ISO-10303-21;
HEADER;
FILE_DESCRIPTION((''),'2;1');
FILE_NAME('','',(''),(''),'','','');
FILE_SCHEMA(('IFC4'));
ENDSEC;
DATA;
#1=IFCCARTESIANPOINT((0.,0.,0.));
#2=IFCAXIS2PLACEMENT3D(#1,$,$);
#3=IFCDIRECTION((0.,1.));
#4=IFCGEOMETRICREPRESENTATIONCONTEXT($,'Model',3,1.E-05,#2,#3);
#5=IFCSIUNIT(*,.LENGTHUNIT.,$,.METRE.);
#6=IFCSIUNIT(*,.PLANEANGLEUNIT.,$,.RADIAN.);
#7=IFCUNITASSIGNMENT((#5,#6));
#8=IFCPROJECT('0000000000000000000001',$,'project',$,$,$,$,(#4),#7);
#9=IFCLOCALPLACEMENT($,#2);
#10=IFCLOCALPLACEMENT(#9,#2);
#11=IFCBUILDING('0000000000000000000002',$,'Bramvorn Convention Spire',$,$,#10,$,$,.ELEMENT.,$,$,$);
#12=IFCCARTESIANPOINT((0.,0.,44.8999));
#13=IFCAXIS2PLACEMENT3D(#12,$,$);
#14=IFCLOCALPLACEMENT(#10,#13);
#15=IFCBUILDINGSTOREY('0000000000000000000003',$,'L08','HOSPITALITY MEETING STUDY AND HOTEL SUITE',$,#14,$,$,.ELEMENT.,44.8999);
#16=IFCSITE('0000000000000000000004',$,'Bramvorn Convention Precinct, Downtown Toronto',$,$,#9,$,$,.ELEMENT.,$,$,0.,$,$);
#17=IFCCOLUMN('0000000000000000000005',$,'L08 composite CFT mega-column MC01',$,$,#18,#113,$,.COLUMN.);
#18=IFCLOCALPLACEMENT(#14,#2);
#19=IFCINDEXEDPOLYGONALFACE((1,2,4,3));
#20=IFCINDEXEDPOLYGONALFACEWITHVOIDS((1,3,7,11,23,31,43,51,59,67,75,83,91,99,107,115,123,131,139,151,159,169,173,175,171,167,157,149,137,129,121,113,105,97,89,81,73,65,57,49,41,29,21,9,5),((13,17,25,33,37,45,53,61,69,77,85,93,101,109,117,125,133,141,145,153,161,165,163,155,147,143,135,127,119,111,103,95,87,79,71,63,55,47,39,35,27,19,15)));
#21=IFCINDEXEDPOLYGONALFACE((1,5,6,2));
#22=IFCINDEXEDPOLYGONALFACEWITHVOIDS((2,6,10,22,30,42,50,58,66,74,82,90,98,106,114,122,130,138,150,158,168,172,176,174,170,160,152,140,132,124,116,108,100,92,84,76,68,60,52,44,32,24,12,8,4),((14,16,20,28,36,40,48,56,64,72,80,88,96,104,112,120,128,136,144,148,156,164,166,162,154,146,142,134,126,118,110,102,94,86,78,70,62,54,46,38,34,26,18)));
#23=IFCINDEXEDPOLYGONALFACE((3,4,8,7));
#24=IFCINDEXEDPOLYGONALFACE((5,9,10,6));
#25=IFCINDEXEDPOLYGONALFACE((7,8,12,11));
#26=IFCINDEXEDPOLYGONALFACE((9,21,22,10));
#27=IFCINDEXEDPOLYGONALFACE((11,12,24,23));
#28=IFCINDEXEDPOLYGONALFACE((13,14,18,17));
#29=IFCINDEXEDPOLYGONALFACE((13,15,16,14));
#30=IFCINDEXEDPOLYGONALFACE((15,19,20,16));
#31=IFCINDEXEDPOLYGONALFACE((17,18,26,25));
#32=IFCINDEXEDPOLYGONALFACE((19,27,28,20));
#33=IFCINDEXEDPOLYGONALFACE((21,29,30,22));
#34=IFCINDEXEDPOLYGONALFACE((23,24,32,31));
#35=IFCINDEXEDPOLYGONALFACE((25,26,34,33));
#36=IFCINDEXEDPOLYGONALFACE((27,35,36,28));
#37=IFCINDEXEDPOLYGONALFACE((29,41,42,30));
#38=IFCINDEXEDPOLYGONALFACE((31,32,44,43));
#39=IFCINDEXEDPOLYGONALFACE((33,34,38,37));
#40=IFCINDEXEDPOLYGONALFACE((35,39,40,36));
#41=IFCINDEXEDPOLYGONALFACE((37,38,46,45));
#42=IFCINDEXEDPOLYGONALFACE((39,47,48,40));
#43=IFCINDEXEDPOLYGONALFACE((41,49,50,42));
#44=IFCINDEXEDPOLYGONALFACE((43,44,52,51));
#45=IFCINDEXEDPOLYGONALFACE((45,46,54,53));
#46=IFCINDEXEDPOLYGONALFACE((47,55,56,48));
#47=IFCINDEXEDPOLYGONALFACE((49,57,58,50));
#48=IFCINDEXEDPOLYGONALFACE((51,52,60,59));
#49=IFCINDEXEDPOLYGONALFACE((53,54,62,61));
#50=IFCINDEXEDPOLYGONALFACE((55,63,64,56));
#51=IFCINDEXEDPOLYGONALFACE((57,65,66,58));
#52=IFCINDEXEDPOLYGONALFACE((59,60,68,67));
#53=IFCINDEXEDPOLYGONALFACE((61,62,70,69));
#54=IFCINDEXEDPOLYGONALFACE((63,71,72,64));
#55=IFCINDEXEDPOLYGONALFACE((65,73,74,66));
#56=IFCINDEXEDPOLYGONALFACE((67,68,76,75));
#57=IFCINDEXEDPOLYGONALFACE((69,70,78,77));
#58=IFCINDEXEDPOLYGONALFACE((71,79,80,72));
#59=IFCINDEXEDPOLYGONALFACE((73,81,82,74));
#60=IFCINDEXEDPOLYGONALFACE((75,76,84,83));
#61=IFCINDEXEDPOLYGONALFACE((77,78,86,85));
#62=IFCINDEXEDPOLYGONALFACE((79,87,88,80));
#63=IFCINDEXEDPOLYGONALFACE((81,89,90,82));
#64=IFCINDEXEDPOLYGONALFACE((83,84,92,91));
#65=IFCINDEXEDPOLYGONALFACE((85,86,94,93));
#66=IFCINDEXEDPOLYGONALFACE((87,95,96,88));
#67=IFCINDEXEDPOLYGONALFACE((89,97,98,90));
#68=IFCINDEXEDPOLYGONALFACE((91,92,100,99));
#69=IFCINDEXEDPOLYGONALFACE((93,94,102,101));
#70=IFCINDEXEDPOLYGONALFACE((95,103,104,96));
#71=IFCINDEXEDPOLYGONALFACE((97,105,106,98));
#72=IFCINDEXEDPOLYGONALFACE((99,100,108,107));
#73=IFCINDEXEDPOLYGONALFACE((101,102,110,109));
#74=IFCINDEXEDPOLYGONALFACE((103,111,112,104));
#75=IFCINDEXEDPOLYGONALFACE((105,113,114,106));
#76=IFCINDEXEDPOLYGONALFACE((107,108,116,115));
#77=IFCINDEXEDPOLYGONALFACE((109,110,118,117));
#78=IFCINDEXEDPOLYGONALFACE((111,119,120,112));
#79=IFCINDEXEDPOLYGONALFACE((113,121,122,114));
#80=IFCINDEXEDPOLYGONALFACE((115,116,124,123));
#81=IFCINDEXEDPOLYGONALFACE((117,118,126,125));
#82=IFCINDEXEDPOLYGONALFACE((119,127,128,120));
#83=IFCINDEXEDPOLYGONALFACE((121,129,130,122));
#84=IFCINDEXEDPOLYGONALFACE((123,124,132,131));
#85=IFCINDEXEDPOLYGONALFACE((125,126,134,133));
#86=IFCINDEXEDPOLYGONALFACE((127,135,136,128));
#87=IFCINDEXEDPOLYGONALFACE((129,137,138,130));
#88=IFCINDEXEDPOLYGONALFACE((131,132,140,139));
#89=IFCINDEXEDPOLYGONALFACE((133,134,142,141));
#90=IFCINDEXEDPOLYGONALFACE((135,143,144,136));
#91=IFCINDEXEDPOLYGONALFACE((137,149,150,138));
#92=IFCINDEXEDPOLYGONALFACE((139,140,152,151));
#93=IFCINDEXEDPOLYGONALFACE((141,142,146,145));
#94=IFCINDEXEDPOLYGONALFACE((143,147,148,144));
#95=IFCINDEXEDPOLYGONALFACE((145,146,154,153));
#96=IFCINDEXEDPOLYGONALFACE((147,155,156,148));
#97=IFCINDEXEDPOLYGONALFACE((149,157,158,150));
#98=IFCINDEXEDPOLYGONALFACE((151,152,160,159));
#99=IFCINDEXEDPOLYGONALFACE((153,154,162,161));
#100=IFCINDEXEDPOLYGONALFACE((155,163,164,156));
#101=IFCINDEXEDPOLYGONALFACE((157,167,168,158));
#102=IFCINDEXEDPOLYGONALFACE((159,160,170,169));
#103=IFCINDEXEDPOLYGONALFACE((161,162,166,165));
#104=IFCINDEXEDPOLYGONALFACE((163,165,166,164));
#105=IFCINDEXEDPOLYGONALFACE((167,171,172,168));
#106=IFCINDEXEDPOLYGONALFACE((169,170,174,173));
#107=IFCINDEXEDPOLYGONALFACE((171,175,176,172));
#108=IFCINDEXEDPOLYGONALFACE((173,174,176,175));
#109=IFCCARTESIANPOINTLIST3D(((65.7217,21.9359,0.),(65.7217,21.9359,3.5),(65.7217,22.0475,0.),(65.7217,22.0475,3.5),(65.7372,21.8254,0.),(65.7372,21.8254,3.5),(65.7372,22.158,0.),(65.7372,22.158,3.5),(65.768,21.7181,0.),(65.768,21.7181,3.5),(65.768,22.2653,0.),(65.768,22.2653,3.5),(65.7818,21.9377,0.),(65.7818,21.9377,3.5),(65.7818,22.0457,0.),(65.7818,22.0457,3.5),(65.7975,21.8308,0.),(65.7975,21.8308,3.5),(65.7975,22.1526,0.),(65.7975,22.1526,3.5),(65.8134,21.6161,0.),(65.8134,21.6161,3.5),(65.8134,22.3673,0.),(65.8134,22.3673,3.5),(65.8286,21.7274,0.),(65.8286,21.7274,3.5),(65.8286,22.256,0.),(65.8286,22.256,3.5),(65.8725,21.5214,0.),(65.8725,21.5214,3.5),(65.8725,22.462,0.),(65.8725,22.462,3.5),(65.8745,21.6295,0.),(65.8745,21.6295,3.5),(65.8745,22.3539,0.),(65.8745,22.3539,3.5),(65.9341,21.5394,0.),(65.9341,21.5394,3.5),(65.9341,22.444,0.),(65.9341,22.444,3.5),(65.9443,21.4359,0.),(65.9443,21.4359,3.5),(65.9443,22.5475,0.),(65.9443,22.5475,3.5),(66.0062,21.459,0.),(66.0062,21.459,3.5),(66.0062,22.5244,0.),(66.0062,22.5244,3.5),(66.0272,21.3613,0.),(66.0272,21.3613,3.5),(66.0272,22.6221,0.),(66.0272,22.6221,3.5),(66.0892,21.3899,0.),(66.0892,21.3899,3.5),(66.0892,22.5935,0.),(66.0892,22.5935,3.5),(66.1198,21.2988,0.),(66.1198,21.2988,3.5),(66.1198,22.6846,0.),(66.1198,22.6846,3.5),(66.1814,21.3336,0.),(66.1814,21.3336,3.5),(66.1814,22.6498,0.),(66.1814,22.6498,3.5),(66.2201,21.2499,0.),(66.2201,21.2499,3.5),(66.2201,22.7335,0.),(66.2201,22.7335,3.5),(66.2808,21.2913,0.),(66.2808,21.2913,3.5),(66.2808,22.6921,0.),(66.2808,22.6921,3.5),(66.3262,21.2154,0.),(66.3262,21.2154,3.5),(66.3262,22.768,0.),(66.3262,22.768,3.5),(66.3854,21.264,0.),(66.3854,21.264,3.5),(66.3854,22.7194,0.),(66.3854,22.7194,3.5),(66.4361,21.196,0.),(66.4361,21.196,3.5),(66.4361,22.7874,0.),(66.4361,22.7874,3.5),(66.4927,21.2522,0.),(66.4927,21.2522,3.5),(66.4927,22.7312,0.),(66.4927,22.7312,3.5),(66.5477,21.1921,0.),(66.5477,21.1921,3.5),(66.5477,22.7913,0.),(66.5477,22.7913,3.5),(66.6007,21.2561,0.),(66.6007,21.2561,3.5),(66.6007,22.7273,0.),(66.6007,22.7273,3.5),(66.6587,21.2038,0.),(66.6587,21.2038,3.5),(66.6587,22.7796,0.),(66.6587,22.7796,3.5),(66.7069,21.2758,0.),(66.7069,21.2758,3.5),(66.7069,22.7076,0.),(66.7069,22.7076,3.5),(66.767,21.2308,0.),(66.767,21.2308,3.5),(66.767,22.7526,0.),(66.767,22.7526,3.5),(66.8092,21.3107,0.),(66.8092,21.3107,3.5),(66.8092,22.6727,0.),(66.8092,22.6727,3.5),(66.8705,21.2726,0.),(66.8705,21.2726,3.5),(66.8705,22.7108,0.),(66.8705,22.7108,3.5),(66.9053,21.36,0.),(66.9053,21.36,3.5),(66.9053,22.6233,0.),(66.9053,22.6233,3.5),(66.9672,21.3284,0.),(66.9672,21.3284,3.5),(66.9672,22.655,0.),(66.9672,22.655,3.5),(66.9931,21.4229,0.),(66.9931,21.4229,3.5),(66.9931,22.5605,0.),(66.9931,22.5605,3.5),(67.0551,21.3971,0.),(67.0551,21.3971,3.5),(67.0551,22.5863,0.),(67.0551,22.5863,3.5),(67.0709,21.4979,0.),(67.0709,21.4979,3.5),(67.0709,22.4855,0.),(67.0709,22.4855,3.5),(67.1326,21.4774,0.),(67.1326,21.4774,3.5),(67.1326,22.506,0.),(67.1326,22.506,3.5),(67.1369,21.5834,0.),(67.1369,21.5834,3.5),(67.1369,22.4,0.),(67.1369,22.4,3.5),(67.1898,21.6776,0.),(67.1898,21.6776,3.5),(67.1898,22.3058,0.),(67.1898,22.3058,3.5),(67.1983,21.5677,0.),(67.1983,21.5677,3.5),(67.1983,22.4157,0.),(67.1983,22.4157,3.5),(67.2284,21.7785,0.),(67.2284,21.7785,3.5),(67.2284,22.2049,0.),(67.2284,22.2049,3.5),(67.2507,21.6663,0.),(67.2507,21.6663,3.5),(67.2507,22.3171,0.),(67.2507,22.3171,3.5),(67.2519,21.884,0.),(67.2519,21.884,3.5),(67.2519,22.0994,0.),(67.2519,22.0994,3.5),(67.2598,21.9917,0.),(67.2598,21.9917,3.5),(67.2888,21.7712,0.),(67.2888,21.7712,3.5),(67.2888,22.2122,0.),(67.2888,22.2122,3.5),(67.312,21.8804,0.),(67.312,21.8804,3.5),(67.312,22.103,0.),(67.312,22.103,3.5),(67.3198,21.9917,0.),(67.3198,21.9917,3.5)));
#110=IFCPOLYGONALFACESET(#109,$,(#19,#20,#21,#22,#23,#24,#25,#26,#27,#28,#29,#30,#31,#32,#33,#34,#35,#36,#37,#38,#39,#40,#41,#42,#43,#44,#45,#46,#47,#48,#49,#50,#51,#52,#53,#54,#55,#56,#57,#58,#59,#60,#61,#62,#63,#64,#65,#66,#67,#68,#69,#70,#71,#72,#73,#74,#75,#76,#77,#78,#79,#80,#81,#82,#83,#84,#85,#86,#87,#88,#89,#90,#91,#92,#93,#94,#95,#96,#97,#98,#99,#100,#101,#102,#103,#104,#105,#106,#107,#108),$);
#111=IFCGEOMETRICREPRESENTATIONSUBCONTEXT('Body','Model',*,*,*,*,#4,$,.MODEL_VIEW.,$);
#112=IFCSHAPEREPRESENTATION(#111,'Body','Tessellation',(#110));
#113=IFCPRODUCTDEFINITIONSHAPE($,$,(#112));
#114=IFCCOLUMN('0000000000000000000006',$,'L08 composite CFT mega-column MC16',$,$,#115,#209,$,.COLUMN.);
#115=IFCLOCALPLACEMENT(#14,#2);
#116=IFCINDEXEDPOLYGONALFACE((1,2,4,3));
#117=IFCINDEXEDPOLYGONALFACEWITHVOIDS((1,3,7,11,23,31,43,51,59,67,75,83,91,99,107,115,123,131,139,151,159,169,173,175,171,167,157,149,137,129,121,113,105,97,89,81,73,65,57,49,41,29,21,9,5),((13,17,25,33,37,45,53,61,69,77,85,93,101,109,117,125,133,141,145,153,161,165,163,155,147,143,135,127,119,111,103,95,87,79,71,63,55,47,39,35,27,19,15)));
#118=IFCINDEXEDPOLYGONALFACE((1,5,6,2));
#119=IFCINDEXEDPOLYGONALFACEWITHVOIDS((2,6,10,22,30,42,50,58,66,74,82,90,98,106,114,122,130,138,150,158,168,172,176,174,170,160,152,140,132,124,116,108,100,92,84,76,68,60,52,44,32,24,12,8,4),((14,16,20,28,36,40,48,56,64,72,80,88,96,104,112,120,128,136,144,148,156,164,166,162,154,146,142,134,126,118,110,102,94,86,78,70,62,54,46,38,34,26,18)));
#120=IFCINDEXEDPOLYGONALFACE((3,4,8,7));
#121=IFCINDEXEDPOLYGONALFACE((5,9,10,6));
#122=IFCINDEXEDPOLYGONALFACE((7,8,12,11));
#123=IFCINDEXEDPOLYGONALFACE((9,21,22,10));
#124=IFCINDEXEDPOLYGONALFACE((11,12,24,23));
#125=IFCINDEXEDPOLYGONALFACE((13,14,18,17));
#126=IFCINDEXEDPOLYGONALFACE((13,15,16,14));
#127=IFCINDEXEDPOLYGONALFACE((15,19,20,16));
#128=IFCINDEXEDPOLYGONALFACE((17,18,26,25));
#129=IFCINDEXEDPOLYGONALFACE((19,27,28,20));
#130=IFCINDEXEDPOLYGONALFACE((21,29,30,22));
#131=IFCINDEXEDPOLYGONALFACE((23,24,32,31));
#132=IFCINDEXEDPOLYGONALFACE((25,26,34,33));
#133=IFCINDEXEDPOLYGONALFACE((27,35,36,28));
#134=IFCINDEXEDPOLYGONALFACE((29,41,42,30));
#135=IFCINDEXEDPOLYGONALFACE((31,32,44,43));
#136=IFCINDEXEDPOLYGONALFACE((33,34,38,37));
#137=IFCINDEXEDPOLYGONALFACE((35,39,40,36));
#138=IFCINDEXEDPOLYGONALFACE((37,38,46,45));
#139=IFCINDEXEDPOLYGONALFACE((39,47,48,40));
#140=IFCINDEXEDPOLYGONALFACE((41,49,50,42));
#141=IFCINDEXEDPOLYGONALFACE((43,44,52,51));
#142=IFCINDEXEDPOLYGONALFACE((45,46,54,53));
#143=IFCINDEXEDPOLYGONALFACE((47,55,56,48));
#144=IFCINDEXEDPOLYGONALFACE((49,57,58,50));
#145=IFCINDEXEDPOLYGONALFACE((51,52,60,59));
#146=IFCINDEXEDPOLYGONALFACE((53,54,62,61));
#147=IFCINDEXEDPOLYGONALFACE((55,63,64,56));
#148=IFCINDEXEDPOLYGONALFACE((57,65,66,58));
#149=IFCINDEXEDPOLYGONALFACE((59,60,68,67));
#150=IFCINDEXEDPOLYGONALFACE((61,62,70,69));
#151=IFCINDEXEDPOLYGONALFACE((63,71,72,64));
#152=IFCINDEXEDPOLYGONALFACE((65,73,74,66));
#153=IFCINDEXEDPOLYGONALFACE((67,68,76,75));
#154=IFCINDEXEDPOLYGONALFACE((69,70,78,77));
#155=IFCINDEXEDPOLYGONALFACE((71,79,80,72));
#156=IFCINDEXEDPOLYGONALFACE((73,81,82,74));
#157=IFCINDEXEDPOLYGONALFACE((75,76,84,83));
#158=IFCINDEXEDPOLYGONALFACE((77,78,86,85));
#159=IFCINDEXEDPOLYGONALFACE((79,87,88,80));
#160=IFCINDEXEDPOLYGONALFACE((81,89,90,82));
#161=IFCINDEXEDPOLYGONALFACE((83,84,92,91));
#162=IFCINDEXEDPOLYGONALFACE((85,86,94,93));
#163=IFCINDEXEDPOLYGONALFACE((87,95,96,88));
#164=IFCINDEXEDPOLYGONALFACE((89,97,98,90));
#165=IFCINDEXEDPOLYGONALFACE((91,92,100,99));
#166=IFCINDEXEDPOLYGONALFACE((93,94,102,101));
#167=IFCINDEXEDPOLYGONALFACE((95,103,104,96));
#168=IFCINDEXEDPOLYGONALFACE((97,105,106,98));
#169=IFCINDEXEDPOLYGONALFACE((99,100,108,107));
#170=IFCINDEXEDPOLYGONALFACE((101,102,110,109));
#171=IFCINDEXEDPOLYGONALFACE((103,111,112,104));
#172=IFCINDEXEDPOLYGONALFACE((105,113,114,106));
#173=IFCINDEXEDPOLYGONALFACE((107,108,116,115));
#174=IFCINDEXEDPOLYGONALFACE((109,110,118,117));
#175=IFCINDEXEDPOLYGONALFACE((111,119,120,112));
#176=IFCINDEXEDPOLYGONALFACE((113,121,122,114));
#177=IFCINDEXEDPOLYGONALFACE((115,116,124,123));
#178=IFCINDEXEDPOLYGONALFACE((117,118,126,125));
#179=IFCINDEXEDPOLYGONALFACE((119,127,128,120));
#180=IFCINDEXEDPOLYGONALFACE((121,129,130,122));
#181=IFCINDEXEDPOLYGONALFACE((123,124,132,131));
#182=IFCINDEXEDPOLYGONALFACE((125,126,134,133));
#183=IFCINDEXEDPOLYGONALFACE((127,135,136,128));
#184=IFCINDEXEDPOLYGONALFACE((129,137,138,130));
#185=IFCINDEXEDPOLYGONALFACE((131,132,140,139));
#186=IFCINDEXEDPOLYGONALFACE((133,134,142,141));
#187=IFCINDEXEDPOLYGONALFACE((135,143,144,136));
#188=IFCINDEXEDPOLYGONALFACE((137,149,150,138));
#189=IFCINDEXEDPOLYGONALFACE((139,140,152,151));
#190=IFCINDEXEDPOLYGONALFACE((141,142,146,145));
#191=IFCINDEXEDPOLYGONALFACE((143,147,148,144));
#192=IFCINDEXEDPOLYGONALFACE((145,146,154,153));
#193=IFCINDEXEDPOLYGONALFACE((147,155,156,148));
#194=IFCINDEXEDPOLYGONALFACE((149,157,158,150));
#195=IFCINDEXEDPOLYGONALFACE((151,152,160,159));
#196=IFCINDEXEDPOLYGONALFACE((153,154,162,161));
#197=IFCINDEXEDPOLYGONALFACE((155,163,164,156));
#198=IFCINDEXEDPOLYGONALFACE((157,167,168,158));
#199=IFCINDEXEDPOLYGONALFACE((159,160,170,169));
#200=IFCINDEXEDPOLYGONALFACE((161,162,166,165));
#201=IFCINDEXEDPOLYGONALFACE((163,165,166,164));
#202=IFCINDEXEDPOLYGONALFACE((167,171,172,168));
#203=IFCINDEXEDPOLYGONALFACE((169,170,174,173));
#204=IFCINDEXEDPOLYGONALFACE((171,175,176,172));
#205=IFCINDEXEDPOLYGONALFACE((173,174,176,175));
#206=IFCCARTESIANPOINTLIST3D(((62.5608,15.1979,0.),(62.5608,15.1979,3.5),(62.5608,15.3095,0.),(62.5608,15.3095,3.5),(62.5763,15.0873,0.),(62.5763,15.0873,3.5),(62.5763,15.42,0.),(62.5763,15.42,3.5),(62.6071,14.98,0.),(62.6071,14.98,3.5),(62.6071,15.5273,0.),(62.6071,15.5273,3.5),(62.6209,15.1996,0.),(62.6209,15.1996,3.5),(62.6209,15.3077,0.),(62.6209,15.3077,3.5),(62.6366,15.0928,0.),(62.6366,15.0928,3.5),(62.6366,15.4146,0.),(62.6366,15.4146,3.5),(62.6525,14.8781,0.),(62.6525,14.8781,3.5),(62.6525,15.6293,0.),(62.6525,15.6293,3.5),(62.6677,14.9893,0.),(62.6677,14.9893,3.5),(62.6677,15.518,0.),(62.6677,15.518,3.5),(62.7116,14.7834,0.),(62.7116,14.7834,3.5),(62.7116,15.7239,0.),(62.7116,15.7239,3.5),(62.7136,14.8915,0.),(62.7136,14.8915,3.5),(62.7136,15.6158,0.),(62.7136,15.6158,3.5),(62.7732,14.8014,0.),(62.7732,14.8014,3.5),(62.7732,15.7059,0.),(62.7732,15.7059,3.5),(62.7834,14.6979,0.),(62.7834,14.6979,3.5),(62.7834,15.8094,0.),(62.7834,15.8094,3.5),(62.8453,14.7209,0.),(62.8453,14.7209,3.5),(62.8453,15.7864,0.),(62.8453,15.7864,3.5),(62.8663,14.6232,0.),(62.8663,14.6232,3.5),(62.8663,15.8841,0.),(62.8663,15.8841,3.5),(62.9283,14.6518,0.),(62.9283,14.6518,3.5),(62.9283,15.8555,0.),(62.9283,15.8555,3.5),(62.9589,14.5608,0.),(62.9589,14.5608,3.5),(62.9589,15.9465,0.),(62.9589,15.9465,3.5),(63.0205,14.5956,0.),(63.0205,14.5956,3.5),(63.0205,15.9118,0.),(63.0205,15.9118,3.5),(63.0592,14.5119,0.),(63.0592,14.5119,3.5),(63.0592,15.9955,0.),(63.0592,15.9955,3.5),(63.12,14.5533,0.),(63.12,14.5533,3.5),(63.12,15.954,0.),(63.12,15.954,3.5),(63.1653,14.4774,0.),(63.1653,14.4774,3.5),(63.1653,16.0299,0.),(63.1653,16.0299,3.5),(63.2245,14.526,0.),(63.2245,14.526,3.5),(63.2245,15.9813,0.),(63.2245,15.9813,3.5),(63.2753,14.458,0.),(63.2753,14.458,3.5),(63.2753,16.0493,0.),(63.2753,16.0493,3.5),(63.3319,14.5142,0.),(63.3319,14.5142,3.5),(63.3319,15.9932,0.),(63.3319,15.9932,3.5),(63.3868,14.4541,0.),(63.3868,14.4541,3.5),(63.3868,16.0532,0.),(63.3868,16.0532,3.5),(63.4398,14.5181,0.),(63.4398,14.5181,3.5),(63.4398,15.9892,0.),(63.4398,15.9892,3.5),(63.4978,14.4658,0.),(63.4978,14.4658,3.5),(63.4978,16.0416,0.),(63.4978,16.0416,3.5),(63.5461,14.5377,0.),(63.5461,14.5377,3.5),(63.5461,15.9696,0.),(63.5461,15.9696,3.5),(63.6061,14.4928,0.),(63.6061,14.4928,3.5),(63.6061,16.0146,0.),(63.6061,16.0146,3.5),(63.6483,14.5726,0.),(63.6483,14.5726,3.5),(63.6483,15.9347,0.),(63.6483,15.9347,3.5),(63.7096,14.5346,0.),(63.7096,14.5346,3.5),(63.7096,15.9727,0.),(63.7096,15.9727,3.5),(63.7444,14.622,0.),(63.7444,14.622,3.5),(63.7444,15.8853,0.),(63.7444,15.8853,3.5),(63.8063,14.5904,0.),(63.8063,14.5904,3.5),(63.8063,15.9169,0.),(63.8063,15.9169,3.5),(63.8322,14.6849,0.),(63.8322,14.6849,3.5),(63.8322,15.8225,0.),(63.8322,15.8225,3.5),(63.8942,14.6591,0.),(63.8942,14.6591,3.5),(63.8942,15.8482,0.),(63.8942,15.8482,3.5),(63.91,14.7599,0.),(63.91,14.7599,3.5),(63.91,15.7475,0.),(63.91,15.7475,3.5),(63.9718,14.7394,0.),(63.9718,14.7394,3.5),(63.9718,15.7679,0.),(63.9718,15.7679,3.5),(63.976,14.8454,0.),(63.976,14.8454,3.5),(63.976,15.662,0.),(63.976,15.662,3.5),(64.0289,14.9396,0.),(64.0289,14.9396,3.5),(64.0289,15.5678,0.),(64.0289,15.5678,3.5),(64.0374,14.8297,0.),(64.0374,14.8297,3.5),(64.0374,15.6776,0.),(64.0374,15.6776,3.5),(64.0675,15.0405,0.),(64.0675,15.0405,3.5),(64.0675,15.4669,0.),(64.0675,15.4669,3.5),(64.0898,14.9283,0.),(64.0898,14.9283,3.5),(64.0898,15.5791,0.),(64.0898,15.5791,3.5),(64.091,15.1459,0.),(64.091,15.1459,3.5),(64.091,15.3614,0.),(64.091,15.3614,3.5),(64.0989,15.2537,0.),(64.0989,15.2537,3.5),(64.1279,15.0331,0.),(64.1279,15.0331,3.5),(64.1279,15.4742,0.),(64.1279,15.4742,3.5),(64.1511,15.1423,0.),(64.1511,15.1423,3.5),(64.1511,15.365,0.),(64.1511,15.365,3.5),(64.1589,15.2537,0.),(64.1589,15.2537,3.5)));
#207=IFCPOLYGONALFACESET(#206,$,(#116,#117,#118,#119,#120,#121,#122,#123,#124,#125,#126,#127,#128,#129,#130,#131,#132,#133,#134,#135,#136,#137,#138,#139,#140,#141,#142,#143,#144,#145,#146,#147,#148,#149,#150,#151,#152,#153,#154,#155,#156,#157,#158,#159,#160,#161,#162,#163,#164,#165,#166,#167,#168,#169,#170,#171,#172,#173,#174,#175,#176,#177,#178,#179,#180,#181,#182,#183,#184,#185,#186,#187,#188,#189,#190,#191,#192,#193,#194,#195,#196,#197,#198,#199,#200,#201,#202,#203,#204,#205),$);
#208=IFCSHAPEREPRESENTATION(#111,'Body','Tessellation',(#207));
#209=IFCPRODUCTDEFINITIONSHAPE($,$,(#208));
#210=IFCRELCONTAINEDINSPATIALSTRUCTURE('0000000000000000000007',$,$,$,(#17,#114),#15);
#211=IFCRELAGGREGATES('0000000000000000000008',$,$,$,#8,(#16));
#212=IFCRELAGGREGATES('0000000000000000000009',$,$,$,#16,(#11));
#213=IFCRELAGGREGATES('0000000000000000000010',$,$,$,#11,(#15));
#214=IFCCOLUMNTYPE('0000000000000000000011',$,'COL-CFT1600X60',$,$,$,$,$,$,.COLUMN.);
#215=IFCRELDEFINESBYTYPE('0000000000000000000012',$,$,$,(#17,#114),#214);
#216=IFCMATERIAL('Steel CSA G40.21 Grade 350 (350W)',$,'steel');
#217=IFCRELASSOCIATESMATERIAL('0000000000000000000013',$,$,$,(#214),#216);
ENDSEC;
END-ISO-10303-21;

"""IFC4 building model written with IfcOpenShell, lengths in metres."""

from ifc_helpers import new_model, si_unit, direction, frame, origin, origin_2d, place, context, subcontext, project, spatial, hollow_circle, extrude, material, material_profile, profile_set, type_object, element, save


model = new_model("IFC4")

# Units and contexts
model_context = context("Model", 3, precision=1e-05, world=origin(), true_north=direction((0.0, 1.0)))
body_context = subcontext(model_context, "Body", "Model", "MODEL_VIEW")
ifc_project = project(units=[si_unit("LENGTHUNIT", "METRE"), si_unit("PLANEANGLEUNIT", "RADIAN")], contexts=[model_context])

# Site, building, storey
site_placement = place(None, origin())
site = spatial("IfcSite", under=ifc_project, at=site_placement, Name="Bramvorn Convention Precinct, Downtown Toronto", CompositionType="ELEMENT", RefElevation=0.0)
building_placement = place(site_placement, origin())
building = spatial("IfcBuilding", under=site, at=building_placement, Name="Bramvorn Convention Spire", CompositionType="ELEMENT")
storey_placement = place(building_placement, frame((0.0, 0.0, 44.8999)))
storey = spatial("IfcBuildingStorey", under=building, at=storey_placement, Name="L08", Description="HOSPITALITY MEETING STUDY AND HOTEL SUITE", CompositionType="ELEMENT", Elevation=44.8999)

# Columns
ifc_material_1 = material(Name="Steel CSA G40.21 Grade 350 (350W)", Category="steel")
ifc_material_profile_1 = material_profile(ifc_material_1, hollow_circle(Radius=0.8, WallThickness=0.0601, at=origin_2d()))
ifc_profile_set_1 = profile_set([ifc_material_profile_1], Name="Steel CSA G40.21 Grade 350 (350W) - CFT1600X60")
column_type = type_object("IfcColumnType", Name="COL-CFT1600X60", PredefinedType="COLUMN", material=ifc_profile_set_1)
for number, where, z_axis, x_axis, name in (
    (1, (66.5198, 21.9917, 0.0), (0.0, 0.0, 1.0), (1.0, 0.0, 0.0), "L08 composite CFT mega-column MC01"),
    (2, (63.3589, 15.2537, 0.0), (0.0, 0.0, 1.0), (1.0, 0.0, 0.0), "L08 composite CFT mega-column MC16"),
):
    element("IfcColumn", number, at=place(storey_placement, frame(where, z_axis=z_axis, x_axis=x_axis)), inside=storey, type_object=column_type, Name=name, PredefinedType="COLUMN", context=body_context, shape_type="SweptSolid", body=[
        extrude(hollow_circle(Radius=0.8, WallThickness=0.0601, at=origin_2d()), origin(), (0.0, 0.0, 1.0), 3.5),
    ])

save(model, "model.ifc")
